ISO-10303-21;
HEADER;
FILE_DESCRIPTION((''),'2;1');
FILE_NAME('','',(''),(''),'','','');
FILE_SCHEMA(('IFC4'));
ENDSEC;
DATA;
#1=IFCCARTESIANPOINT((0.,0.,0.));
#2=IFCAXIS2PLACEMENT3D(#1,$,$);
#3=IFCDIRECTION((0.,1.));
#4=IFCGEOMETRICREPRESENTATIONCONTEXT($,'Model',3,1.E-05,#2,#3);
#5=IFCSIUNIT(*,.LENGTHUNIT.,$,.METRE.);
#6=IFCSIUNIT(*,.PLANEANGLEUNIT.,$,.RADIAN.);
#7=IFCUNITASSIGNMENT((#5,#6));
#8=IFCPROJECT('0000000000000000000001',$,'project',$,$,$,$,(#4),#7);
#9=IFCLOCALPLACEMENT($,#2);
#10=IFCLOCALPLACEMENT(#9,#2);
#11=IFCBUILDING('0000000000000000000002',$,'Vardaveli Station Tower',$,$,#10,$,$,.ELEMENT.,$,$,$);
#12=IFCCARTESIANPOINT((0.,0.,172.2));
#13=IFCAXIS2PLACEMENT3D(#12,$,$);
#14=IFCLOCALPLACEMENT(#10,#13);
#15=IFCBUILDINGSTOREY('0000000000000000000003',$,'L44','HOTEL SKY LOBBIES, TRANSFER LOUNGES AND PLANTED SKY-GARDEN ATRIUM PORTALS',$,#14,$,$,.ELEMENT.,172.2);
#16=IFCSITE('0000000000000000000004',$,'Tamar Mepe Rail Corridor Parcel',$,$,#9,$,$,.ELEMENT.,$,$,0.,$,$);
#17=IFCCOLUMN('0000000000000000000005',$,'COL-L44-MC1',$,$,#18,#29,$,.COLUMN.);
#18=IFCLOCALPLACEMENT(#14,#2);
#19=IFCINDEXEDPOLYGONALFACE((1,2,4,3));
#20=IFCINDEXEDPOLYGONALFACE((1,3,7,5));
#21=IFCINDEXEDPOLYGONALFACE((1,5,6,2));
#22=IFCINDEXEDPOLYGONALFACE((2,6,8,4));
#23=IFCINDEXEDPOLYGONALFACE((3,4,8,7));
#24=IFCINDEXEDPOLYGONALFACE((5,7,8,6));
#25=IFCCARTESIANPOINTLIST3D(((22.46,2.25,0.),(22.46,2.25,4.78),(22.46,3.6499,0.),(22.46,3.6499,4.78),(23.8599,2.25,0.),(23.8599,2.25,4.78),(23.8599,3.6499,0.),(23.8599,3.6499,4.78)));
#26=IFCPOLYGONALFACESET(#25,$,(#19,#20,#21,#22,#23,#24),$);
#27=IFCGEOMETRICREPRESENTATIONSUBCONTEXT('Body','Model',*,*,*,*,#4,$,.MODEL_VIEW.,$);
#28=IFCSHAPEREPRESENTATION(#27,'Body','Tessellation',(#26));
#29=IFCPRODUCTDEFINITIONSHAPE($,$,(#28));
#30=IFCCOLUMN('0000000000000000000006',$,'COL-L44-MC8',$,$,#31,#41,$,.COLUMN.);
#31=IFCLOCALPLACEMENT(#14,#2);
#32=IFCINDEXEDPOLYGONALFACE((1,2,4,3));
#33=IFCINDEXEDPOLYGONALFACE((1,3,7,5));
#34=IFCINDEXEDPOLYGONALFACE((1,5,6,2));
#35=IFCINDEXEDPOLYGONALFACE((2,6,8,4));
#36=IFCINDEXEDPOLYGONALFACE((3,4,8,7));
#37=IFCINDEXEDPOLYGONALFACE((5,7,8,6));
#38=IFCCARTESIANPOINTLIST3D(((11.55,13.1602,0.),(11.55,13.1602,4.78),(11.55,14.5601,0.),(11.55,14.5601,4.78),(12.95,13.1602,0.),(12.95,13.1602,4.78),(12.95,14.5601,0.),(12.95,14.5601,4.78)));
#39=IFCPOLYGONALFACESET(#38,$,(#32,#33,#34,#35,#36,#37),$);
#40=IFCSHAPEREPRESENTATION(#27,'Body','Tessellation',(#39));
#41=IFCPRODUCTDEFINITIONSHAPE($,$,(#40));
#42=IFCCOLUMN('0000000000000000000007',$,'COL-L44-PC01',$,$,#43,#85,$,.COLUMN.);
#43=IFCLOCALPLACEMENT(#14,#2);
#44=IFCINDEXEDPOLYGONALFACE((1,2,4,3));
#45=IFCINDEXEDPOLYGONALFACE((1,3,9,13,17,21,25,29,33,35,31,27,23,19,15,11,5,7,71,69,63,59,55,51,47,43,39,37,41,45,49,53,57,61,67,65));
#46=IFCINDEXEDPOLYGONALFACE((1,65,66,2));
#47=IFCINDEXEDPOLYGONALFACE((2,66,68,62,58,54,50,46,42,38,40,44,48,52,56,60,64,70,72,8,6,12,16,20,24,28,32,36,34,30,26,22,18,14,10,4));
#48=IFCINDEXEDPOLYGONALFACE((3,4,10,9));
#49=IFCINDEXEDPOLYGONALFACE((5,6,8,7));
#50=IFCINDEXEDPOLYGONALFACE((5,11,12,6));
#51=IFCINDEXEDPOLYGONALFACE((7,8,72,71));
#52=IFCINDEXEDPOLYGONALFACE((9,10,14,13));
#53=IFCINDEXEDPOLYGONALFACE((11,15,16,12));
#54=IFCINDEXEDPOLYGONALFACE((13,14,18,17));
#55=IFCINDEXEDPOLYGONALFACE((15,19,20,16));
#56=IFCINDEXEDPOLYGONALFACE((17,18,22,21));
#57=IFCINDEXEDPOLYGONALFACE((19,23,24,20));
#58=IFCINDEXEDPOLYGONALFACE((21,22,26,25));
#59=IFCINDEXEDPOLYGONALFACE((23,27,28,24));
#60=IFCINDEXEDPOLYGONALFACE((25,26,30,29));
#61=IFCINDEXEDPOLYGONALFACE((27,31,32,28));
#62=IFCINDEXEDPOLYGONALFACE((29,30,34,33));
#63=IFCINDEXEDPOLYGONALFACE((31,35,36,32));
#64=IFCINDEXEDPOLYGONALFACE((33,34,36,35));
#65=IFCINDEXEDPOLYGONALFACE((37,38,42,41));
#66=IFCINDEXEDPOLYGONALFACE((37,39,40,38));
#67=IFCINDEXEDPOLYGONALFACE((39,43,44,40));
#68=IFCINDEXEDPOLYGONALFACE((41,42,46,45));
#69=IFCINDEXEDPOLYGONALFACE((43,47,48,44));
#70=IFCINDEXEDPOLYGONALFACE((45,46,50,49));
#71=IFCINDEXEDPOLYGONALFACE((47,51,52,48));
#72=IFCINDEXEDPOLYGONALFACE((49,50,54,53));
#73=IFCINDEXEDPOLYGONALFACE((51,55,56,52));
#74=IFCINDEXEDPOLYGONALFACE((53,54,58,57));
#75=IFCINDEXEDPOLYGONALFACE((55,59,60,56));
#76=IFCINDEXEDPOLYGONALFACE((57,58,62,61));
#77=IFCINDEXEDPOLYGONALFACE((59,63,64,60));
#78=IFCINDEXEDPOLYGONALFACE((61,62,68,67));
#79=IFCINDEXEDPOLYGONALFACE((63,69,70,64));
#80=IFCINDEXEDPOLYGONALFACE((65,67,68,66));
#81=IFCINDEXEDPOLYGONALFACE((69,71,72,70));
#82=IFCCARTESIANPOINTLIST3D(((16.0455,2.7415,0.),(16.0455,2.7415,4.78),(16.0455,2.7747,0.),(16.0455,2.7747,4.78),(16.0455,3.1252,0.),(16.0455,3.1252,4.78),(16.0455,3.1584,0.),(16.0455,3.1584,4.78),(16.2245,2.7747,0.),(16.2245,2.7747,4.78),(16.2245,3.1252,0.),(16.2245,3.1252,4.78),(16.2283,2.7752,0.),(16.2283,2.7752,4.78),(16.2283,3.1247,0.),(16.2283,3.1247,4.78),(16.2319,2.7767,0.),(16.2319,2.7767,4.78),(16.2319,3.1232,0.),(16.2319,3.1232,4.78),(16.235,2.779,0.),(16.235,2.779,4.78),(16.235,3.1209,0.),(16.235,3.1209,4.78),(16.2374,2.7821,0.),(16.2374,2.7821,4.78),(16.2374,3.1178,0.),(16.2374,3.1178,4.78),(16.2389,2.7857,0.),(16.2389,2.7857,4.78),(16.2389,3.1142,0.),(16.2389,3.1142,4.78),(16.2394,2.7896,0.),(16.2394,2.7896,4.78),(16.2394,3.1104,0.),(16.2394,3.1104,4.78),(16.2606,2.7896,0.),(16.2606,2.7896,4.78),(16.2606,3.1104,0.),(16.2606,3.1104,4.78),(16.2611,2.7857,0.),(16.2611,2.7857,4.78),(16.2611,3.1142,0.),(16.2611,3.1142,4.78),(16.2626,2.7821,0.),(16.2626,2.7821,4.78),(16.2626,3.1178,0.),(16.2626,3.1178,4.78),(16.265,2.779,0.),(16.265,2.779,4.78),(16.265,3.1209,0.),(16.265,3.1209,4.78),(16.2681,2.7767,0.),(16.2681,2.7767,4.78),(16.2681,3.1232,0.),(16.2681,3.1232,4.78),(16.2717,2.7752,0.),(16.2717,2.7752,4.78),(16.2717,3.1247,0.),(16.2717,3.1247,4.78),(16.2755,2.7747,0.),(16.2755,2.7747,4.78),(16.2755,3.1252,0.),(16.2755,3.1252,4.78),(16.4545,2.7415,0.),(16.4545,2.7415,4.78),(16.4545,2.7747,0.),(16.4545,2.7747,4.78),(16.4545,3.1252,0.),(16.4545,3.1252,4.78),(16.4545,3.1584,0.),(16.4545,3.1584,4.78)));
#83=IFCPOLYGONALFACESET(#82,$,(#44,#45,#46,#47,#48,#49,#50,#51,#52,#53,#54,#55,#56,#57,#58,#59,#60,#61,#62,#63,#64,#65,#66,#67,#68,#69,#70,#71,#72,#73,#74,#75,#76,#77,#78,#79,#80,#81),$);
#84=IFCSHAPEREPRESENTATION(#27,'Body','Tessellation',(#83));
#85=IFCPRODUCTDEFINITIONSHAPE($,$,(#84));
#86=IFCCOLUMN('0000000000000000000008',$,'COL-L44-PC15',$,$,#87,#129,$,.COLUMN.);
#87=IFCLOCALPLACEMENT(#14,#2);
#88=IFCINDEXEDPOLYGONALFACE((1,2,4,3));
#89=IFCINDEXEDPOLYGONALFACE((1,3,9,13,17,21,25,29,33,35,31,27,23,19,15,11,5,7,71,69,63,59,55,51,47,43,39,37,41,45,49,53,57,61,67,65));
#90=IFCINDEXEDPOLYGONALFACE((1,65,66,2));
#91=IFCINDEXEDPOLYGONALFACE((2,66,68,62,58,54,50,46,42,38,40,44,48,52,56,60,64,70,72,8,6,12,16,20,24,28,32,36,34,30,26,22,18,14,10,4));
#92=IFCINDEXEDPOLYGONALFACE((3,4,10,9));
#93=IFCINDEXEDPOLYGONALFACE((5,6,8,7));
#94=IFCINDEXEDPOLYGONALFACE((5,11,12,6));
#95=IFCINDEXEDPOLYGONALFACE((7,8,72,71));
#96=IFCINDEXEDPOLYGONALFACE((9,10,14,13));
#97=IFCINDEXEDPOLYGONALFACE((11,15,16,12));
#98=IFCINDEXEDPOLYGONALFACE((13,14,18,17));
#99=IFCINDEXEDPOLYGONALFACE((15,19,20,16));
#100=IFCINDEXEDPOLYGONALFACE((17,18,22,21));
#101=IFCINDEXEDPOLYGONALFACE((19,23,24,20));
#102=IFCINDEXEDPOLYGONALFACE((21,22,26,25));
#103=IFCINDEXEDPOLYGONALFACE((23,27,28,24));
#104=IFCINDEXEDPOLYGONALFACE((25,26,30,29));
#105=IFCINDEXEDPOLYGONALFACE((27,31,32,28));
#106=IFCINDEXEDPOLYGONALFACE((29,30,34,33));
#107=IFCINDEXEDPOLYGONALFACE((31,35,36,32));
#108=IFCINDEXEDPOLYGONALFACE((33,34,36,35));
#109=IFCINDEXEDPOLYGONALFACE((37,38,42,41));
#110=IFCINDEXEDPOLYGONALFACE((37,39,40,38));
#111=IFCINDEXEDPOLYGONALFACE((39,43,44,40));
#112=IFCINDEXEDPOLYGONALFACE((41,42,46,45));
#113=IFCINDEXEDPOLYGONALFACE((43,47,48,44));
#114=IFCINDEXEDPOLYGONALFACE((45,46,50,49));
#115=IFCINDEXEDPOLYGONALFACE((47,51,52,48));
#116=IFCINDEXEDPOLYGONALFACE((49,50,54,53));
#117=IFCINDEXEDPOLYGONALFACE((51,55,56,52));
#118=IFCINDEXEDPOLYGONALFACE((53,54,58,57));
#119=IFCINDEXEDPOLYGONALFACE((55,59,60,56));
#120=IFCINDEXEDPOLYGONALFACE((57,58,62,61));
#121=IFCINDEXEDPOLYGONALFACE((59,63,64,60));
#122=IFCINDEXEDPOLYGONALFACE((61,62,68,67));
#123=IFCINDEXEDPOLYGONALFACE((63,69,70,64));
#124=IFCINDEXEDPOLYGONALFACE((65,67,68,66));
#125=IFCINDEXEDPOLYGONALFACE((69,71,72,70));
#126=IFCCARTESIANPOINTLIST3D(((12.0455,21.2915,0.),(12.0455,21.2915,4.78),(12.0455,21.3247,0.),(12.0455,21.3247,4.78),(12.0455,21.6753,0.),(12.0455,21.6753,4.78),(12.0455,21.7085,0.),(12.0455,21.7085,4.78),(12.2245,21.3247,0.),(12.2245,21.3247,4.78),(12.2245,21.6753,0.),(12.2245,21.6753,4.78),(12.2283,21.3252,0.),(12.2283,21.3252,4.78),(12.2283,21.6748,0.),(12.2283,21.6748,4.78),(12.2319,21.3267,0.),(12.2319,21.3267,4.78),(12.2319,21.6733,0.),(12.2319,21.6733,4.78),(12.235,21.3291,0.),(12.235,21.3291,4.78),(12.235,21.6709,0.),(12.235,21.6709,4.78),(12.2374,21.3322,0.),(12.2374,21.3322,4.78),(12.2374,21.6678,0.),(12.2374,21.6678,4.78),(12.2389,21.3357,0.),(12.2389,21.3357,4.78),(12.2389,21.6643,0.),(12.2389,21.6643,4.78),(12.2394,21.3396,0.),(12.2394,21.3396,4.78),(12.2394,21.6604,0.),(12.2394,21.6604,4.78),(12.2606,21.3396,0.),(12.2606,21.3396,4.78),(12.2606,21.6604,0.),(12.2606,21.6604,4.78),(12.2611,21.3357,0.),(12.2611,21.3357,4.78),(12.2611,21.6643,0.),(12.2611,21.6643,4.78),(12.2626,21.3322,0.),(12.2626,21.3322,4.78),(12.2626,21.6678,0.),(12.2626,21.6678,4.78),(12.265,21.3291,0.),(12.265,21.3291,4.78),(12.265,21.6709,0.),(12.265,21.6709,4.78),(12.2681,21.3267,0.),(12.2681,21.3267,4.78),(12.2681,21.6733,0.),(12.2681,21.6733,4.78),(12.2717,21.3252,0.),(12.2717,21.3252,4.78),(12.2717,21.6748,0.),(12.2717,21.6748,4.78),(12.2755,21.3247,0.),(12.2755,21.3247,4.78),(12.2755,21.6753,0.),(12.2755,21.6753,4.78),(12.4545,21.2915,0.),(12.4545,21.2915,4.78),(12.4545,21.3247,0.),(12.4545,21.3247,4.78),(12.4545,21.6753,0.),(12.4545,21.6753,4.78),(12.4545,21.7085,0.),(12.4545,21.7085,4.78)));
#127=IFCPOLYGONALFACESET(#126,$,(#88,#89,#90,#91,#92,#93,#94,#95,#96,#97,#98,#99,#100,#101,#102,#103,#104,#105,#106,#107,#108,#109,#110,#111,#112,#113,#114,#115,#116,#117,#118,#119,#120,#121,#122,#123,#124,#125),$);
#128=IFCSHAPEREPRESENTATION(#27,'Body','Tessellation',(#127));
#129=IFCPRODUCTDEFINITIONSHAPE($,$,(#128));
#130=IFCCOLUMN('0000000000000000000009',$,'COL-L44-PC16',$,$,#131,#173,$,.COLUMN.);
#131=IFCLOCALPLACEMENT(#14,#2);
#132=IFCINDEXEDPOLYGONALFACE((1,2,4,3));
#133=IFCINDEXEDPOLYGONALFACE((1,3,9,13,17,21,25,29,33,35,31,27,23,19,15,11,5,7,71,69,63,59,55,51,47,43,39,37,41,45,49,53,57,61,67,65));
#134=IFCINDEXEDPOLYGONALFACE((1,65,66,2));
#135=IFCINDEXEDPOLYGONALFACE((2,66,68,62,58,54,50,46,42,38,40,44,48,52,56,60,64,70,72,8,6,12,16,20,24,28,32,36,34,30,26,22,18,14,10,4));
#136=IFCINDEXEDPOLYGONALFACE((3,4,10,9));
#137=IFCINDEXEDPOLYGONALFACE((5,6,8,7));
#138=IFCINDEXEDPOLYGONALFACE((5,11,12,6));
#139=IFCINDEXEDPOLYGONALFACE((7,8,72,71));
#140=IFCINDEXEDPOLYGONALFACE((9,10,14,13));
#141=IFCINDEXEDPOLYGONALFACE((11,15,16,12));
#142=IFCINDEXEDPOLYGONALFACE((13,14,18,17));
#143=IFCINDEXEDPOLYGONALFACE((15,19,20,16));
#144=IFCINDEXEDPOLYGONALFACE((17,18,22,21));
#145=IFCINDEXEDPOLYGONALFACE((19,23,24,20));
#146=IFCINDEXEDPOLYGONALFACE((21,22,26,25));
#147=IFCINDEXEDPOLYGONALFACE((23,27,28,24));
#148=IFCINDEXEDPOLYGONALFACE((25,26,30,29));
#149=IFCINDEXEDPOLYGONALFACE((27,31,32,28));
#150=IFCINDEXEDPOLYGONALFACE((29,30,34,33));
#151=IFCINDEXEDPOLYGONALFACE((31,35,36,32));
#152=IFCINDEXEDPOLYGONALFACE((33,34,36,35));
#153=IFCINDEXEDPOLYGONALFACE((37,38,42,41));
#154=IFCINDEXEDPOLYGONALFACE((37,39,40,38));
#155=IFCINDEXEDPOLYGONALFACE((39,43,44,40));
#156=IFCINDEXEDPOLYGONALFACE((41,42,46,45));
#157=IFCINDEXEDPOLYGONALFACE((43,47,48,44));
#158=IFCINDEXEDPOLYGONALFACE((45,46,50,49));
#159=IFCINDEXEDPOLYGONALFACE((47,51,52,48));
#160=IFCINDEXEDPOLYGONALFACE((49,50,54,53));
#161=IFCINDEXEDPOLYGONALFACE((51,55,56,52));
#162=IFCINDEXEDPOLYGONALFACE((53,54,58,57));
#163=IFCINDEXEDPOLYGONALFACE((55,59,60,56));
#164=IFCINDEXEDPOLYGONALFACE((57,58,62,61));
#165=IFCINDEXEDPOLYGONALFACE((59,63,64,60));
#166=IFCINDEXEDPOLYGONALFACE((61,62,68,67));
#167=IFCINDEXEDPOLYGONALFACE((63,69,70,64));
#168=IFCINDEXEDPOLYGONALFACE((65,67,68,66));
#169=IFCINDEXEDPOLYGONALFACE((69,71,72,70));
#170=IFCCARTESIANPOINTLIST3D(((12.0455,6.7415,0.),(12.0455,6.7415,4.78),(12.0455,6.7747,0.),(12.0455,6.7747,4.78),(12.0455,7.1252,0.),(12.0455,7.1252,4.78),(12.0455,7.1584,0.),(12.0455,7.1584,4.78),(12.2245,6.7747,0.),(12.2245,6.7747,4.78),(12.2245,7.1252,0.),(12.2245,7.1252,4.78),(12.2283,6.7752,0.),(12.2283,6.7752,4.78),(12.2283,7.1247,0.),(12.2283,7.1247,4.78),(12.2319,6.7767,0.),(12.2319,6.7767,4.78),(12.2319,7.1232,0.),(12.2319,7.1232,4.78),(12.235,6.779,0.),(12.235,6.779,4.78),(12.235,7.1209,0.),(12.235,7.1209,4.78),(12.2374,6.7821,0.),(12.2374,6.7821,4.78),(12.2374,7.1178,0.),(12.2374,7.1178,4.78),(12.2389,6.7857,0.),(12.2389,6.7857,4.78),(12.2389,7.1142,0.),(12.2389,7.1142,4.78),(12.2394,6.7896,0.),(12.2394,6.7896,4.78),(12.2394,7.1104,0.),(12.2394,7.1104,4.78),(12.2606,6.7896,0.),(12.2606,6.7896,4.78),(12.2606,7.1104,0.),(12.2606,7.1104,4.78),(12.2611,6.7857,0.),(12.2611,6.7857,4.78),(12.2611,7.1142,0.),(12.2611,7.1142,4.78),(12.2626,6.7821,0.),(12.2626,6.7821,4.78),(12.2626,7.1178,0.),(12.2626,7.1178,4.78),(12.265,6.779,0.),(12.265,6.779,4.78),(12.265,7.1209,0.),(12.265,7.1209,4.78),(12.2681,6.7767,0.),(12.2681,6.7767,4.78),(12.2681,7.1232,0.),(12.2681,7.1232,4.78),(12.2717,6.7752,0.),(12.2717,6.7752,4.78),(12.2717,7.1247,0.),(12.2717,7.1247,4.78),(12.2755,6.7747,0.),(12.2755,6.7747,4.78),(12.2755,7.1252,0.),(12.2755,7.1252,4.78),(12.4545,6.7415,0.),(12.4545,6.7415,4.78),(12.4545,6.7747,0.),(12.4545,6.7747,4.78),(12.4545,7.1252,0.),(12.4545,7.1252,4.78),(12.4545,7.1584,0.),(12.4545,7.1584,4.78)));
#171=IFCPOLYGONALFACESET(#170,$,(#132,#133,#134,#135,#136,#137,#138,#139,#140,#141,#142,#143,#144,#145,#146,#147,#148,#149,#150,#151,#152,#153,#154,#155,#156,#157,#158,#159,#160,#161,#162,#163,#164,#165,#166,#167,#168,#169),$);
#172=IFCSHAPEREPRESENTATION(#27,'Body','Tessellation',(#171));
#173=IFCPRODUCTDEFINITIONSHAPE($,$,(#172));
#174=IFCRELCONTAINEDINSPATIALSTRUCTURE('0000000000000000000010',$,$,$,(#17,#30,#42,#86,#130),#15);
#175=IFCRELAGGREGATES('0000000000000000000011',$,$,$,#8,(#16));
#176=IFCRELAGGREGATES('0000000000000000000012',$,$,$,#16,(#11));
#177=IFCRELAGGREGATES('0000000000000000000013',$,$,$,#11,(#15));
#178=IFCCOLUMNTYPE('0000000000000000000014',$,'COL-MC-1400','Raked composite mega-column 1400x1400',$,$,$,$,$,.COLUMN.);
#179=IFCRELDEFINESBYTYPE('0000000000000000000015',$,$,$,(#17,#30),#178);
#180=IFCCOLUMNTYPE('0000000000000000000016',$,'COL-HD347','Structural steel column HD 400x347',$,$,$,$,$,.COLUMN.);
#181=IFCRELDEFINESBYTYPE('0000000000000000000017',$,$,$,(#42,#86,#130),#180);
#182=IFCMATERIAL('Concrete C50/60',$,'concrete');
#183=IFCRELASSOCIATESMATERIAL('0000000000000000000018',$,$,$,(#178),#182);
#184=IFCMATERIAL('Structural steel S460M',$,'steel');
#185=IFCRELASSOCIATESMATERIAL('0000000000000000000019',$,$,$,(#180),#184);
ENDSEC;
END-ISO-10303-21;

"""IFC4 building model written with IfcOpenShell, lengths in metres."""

from ifc_helpers import new_model, si_unit, direction, frame, origin, origin_2d, place, context, subcontext, project, spatial, rectangle, i_section, extrude, source, transform, mapped, material, material_profile, profile_set, type_object, element, save


model = new_model("IFC4")

# Units and contexts
model_context = context("Model", 3, precision=1e-05, world=origin(), true_north=direction((0.0, 1.0)))
body_context = subcontext(model_context, "Body", "Model", "MODEL_VIEW")
ifc_project = project(units=[si_unit("LENGTHUNIT", "METRE"), si_unit("PLANEANGLEUNIT", "RADIAN")], contexts=[model_context])

# Site, building, storey
site_placement = place(None, origin())
site = spatial("IfcSite", under=ifc_project, at=site_placement, Name="Tamar Mepe Rail Corridor Parcel", CompositionType="ELEMENT", RefElevation=0.0)
building_placement = place(site_placement, origin())
building = spatial("IfcBuilding", under=site, at=building_placement, Name="Vardaveli Station Tower", CompositionType="ELEMENT")
storey_placement = place(building_placement, frame((0.0, 0.0, 172.2)))
storey = spatial("IfcBuildingStorey", under=building, at=storey_placement, Name="L44", Description="HOTEL SKY LOBBIES, TRANSFER LOUNGES AND PLANTED SKY-GARDEN ATRIUM PORTALS", CompositionType="ELEMENT", Elevation=172.2)

# Columns
ifc_material_1 = material(Name="Concrete C50/60", Category="concrete")
ifc_material_profile_1 = material_profile(ifc_material_1, rectangle(XDim=1.3999, YDim=1.3999, at=origin_2d()), Name="MC 1400x1400")
ifc_profile_set_1 = profile_set([ifc_material_profile_1], Name="Concrete C50/60")
column_type_1 = type_object("IfcColumnType", Name="COL-MC-1400", Description="Raked composite mega-column 1400x1400", PredefinedType="COLUMN", material=ifc_profile_set_1)
shared_shape_1 = source(origin(), body_context, "Body", "SweptSolid", [
    extrude(rectangle(XDim=1.3999, YDim=1.3999, at=origin_2d()), origin(), (0.0, 0.0, 1.0), 4.78),
])
for number, where, z_axis, x_axis, name in (
    (1, (23.1599, 2.95, 0.0), (0.0, 0.0, 1.0), (1.0, 0.0, 0.0), "COL-L44-MC1"),
    (2, (12.25, 13.8601, 0.0), (0.0, 0.0, 1.0), (1.0, 0.0, 0.0), "COL-L44-MC8"),
):
    element("IfcColumn", number, at=place(storey_placement, frame(where, z_axis=z_axis, x_axis=x_axis)), inside=storey, type_object=column_type_1, Name=name, PredefinedType="COLUMN", context=body_context, shape_type="MappedRepresentation", body=[
        mapped(shared_shape_1, transform((0.0, 0.0, 0.0), scale=1.0)),
    ])
ifc_material_2 = material(Name="Structural steel S460M", Category="steel")
ifc_material_profile_2 = material_profile(ifc_material_2, i_section(OverallWidth=0.4089, OverallDepth=0.417, WebThickness=0.0212, FlangeThickness=0.0332, FilletRadius=0.0149, at=origin_2d()), Name="HD 400x347")
ifc_profile_set_2 = profile_set([ifc_material_profile_2], Name="Structural steel S460M")
column_type_2 = type_object("IfcColumnType", Name="COL-HD347", Description="Structural steel column HD 400x347", PredefinedType="COLUMN", material=ifc_profile_set_2)
shared_shape_2 = source(origin(), body_context, "Body", "SweptSolid", [
    extrude(i_section(OverallWidth=0.4089, OverallDepth=0.417, WebThickness=0.0212, FlangeThickness=0.0332, FilletRadius=0.0149, at=origin_2d()), origin(), (0.0, 0.0, 1.0), 4.78),
])
for number, where, z_axis, x_axis, name in (
    (3, (16.25, 2.95, 0.0), (0.0, 0.0, 1.0), (1.0, 0.0, 0.0), "COL-L44-PC01"),
    (4, (12.25, 21.5, 0.0), (0.0, 0.0, 1.0), (1.0, 0.0, 0.0), "COL-L44-PC15"),
    (5, (12.25, 6.95, 0.0), (0.0, 0.0, 1.0), (1.0, 0.0, 0.0), "COL-L44-PC16"),
):
    element("IfcColumn", number, at=place(storey_placement, frame(where, z_axis=z_axis, x_axis=x_axis)), inside=storey, type_object=column_type_2, Name=name, PredefinedType="COLUMN", context=body_context, shape_type="MappedRepresentation", body=[
        mapped(shared_shape_2, transform((0.0, 0.0, 0.0), scale=1.0)),
    ])

save(model, "model.ifc")
